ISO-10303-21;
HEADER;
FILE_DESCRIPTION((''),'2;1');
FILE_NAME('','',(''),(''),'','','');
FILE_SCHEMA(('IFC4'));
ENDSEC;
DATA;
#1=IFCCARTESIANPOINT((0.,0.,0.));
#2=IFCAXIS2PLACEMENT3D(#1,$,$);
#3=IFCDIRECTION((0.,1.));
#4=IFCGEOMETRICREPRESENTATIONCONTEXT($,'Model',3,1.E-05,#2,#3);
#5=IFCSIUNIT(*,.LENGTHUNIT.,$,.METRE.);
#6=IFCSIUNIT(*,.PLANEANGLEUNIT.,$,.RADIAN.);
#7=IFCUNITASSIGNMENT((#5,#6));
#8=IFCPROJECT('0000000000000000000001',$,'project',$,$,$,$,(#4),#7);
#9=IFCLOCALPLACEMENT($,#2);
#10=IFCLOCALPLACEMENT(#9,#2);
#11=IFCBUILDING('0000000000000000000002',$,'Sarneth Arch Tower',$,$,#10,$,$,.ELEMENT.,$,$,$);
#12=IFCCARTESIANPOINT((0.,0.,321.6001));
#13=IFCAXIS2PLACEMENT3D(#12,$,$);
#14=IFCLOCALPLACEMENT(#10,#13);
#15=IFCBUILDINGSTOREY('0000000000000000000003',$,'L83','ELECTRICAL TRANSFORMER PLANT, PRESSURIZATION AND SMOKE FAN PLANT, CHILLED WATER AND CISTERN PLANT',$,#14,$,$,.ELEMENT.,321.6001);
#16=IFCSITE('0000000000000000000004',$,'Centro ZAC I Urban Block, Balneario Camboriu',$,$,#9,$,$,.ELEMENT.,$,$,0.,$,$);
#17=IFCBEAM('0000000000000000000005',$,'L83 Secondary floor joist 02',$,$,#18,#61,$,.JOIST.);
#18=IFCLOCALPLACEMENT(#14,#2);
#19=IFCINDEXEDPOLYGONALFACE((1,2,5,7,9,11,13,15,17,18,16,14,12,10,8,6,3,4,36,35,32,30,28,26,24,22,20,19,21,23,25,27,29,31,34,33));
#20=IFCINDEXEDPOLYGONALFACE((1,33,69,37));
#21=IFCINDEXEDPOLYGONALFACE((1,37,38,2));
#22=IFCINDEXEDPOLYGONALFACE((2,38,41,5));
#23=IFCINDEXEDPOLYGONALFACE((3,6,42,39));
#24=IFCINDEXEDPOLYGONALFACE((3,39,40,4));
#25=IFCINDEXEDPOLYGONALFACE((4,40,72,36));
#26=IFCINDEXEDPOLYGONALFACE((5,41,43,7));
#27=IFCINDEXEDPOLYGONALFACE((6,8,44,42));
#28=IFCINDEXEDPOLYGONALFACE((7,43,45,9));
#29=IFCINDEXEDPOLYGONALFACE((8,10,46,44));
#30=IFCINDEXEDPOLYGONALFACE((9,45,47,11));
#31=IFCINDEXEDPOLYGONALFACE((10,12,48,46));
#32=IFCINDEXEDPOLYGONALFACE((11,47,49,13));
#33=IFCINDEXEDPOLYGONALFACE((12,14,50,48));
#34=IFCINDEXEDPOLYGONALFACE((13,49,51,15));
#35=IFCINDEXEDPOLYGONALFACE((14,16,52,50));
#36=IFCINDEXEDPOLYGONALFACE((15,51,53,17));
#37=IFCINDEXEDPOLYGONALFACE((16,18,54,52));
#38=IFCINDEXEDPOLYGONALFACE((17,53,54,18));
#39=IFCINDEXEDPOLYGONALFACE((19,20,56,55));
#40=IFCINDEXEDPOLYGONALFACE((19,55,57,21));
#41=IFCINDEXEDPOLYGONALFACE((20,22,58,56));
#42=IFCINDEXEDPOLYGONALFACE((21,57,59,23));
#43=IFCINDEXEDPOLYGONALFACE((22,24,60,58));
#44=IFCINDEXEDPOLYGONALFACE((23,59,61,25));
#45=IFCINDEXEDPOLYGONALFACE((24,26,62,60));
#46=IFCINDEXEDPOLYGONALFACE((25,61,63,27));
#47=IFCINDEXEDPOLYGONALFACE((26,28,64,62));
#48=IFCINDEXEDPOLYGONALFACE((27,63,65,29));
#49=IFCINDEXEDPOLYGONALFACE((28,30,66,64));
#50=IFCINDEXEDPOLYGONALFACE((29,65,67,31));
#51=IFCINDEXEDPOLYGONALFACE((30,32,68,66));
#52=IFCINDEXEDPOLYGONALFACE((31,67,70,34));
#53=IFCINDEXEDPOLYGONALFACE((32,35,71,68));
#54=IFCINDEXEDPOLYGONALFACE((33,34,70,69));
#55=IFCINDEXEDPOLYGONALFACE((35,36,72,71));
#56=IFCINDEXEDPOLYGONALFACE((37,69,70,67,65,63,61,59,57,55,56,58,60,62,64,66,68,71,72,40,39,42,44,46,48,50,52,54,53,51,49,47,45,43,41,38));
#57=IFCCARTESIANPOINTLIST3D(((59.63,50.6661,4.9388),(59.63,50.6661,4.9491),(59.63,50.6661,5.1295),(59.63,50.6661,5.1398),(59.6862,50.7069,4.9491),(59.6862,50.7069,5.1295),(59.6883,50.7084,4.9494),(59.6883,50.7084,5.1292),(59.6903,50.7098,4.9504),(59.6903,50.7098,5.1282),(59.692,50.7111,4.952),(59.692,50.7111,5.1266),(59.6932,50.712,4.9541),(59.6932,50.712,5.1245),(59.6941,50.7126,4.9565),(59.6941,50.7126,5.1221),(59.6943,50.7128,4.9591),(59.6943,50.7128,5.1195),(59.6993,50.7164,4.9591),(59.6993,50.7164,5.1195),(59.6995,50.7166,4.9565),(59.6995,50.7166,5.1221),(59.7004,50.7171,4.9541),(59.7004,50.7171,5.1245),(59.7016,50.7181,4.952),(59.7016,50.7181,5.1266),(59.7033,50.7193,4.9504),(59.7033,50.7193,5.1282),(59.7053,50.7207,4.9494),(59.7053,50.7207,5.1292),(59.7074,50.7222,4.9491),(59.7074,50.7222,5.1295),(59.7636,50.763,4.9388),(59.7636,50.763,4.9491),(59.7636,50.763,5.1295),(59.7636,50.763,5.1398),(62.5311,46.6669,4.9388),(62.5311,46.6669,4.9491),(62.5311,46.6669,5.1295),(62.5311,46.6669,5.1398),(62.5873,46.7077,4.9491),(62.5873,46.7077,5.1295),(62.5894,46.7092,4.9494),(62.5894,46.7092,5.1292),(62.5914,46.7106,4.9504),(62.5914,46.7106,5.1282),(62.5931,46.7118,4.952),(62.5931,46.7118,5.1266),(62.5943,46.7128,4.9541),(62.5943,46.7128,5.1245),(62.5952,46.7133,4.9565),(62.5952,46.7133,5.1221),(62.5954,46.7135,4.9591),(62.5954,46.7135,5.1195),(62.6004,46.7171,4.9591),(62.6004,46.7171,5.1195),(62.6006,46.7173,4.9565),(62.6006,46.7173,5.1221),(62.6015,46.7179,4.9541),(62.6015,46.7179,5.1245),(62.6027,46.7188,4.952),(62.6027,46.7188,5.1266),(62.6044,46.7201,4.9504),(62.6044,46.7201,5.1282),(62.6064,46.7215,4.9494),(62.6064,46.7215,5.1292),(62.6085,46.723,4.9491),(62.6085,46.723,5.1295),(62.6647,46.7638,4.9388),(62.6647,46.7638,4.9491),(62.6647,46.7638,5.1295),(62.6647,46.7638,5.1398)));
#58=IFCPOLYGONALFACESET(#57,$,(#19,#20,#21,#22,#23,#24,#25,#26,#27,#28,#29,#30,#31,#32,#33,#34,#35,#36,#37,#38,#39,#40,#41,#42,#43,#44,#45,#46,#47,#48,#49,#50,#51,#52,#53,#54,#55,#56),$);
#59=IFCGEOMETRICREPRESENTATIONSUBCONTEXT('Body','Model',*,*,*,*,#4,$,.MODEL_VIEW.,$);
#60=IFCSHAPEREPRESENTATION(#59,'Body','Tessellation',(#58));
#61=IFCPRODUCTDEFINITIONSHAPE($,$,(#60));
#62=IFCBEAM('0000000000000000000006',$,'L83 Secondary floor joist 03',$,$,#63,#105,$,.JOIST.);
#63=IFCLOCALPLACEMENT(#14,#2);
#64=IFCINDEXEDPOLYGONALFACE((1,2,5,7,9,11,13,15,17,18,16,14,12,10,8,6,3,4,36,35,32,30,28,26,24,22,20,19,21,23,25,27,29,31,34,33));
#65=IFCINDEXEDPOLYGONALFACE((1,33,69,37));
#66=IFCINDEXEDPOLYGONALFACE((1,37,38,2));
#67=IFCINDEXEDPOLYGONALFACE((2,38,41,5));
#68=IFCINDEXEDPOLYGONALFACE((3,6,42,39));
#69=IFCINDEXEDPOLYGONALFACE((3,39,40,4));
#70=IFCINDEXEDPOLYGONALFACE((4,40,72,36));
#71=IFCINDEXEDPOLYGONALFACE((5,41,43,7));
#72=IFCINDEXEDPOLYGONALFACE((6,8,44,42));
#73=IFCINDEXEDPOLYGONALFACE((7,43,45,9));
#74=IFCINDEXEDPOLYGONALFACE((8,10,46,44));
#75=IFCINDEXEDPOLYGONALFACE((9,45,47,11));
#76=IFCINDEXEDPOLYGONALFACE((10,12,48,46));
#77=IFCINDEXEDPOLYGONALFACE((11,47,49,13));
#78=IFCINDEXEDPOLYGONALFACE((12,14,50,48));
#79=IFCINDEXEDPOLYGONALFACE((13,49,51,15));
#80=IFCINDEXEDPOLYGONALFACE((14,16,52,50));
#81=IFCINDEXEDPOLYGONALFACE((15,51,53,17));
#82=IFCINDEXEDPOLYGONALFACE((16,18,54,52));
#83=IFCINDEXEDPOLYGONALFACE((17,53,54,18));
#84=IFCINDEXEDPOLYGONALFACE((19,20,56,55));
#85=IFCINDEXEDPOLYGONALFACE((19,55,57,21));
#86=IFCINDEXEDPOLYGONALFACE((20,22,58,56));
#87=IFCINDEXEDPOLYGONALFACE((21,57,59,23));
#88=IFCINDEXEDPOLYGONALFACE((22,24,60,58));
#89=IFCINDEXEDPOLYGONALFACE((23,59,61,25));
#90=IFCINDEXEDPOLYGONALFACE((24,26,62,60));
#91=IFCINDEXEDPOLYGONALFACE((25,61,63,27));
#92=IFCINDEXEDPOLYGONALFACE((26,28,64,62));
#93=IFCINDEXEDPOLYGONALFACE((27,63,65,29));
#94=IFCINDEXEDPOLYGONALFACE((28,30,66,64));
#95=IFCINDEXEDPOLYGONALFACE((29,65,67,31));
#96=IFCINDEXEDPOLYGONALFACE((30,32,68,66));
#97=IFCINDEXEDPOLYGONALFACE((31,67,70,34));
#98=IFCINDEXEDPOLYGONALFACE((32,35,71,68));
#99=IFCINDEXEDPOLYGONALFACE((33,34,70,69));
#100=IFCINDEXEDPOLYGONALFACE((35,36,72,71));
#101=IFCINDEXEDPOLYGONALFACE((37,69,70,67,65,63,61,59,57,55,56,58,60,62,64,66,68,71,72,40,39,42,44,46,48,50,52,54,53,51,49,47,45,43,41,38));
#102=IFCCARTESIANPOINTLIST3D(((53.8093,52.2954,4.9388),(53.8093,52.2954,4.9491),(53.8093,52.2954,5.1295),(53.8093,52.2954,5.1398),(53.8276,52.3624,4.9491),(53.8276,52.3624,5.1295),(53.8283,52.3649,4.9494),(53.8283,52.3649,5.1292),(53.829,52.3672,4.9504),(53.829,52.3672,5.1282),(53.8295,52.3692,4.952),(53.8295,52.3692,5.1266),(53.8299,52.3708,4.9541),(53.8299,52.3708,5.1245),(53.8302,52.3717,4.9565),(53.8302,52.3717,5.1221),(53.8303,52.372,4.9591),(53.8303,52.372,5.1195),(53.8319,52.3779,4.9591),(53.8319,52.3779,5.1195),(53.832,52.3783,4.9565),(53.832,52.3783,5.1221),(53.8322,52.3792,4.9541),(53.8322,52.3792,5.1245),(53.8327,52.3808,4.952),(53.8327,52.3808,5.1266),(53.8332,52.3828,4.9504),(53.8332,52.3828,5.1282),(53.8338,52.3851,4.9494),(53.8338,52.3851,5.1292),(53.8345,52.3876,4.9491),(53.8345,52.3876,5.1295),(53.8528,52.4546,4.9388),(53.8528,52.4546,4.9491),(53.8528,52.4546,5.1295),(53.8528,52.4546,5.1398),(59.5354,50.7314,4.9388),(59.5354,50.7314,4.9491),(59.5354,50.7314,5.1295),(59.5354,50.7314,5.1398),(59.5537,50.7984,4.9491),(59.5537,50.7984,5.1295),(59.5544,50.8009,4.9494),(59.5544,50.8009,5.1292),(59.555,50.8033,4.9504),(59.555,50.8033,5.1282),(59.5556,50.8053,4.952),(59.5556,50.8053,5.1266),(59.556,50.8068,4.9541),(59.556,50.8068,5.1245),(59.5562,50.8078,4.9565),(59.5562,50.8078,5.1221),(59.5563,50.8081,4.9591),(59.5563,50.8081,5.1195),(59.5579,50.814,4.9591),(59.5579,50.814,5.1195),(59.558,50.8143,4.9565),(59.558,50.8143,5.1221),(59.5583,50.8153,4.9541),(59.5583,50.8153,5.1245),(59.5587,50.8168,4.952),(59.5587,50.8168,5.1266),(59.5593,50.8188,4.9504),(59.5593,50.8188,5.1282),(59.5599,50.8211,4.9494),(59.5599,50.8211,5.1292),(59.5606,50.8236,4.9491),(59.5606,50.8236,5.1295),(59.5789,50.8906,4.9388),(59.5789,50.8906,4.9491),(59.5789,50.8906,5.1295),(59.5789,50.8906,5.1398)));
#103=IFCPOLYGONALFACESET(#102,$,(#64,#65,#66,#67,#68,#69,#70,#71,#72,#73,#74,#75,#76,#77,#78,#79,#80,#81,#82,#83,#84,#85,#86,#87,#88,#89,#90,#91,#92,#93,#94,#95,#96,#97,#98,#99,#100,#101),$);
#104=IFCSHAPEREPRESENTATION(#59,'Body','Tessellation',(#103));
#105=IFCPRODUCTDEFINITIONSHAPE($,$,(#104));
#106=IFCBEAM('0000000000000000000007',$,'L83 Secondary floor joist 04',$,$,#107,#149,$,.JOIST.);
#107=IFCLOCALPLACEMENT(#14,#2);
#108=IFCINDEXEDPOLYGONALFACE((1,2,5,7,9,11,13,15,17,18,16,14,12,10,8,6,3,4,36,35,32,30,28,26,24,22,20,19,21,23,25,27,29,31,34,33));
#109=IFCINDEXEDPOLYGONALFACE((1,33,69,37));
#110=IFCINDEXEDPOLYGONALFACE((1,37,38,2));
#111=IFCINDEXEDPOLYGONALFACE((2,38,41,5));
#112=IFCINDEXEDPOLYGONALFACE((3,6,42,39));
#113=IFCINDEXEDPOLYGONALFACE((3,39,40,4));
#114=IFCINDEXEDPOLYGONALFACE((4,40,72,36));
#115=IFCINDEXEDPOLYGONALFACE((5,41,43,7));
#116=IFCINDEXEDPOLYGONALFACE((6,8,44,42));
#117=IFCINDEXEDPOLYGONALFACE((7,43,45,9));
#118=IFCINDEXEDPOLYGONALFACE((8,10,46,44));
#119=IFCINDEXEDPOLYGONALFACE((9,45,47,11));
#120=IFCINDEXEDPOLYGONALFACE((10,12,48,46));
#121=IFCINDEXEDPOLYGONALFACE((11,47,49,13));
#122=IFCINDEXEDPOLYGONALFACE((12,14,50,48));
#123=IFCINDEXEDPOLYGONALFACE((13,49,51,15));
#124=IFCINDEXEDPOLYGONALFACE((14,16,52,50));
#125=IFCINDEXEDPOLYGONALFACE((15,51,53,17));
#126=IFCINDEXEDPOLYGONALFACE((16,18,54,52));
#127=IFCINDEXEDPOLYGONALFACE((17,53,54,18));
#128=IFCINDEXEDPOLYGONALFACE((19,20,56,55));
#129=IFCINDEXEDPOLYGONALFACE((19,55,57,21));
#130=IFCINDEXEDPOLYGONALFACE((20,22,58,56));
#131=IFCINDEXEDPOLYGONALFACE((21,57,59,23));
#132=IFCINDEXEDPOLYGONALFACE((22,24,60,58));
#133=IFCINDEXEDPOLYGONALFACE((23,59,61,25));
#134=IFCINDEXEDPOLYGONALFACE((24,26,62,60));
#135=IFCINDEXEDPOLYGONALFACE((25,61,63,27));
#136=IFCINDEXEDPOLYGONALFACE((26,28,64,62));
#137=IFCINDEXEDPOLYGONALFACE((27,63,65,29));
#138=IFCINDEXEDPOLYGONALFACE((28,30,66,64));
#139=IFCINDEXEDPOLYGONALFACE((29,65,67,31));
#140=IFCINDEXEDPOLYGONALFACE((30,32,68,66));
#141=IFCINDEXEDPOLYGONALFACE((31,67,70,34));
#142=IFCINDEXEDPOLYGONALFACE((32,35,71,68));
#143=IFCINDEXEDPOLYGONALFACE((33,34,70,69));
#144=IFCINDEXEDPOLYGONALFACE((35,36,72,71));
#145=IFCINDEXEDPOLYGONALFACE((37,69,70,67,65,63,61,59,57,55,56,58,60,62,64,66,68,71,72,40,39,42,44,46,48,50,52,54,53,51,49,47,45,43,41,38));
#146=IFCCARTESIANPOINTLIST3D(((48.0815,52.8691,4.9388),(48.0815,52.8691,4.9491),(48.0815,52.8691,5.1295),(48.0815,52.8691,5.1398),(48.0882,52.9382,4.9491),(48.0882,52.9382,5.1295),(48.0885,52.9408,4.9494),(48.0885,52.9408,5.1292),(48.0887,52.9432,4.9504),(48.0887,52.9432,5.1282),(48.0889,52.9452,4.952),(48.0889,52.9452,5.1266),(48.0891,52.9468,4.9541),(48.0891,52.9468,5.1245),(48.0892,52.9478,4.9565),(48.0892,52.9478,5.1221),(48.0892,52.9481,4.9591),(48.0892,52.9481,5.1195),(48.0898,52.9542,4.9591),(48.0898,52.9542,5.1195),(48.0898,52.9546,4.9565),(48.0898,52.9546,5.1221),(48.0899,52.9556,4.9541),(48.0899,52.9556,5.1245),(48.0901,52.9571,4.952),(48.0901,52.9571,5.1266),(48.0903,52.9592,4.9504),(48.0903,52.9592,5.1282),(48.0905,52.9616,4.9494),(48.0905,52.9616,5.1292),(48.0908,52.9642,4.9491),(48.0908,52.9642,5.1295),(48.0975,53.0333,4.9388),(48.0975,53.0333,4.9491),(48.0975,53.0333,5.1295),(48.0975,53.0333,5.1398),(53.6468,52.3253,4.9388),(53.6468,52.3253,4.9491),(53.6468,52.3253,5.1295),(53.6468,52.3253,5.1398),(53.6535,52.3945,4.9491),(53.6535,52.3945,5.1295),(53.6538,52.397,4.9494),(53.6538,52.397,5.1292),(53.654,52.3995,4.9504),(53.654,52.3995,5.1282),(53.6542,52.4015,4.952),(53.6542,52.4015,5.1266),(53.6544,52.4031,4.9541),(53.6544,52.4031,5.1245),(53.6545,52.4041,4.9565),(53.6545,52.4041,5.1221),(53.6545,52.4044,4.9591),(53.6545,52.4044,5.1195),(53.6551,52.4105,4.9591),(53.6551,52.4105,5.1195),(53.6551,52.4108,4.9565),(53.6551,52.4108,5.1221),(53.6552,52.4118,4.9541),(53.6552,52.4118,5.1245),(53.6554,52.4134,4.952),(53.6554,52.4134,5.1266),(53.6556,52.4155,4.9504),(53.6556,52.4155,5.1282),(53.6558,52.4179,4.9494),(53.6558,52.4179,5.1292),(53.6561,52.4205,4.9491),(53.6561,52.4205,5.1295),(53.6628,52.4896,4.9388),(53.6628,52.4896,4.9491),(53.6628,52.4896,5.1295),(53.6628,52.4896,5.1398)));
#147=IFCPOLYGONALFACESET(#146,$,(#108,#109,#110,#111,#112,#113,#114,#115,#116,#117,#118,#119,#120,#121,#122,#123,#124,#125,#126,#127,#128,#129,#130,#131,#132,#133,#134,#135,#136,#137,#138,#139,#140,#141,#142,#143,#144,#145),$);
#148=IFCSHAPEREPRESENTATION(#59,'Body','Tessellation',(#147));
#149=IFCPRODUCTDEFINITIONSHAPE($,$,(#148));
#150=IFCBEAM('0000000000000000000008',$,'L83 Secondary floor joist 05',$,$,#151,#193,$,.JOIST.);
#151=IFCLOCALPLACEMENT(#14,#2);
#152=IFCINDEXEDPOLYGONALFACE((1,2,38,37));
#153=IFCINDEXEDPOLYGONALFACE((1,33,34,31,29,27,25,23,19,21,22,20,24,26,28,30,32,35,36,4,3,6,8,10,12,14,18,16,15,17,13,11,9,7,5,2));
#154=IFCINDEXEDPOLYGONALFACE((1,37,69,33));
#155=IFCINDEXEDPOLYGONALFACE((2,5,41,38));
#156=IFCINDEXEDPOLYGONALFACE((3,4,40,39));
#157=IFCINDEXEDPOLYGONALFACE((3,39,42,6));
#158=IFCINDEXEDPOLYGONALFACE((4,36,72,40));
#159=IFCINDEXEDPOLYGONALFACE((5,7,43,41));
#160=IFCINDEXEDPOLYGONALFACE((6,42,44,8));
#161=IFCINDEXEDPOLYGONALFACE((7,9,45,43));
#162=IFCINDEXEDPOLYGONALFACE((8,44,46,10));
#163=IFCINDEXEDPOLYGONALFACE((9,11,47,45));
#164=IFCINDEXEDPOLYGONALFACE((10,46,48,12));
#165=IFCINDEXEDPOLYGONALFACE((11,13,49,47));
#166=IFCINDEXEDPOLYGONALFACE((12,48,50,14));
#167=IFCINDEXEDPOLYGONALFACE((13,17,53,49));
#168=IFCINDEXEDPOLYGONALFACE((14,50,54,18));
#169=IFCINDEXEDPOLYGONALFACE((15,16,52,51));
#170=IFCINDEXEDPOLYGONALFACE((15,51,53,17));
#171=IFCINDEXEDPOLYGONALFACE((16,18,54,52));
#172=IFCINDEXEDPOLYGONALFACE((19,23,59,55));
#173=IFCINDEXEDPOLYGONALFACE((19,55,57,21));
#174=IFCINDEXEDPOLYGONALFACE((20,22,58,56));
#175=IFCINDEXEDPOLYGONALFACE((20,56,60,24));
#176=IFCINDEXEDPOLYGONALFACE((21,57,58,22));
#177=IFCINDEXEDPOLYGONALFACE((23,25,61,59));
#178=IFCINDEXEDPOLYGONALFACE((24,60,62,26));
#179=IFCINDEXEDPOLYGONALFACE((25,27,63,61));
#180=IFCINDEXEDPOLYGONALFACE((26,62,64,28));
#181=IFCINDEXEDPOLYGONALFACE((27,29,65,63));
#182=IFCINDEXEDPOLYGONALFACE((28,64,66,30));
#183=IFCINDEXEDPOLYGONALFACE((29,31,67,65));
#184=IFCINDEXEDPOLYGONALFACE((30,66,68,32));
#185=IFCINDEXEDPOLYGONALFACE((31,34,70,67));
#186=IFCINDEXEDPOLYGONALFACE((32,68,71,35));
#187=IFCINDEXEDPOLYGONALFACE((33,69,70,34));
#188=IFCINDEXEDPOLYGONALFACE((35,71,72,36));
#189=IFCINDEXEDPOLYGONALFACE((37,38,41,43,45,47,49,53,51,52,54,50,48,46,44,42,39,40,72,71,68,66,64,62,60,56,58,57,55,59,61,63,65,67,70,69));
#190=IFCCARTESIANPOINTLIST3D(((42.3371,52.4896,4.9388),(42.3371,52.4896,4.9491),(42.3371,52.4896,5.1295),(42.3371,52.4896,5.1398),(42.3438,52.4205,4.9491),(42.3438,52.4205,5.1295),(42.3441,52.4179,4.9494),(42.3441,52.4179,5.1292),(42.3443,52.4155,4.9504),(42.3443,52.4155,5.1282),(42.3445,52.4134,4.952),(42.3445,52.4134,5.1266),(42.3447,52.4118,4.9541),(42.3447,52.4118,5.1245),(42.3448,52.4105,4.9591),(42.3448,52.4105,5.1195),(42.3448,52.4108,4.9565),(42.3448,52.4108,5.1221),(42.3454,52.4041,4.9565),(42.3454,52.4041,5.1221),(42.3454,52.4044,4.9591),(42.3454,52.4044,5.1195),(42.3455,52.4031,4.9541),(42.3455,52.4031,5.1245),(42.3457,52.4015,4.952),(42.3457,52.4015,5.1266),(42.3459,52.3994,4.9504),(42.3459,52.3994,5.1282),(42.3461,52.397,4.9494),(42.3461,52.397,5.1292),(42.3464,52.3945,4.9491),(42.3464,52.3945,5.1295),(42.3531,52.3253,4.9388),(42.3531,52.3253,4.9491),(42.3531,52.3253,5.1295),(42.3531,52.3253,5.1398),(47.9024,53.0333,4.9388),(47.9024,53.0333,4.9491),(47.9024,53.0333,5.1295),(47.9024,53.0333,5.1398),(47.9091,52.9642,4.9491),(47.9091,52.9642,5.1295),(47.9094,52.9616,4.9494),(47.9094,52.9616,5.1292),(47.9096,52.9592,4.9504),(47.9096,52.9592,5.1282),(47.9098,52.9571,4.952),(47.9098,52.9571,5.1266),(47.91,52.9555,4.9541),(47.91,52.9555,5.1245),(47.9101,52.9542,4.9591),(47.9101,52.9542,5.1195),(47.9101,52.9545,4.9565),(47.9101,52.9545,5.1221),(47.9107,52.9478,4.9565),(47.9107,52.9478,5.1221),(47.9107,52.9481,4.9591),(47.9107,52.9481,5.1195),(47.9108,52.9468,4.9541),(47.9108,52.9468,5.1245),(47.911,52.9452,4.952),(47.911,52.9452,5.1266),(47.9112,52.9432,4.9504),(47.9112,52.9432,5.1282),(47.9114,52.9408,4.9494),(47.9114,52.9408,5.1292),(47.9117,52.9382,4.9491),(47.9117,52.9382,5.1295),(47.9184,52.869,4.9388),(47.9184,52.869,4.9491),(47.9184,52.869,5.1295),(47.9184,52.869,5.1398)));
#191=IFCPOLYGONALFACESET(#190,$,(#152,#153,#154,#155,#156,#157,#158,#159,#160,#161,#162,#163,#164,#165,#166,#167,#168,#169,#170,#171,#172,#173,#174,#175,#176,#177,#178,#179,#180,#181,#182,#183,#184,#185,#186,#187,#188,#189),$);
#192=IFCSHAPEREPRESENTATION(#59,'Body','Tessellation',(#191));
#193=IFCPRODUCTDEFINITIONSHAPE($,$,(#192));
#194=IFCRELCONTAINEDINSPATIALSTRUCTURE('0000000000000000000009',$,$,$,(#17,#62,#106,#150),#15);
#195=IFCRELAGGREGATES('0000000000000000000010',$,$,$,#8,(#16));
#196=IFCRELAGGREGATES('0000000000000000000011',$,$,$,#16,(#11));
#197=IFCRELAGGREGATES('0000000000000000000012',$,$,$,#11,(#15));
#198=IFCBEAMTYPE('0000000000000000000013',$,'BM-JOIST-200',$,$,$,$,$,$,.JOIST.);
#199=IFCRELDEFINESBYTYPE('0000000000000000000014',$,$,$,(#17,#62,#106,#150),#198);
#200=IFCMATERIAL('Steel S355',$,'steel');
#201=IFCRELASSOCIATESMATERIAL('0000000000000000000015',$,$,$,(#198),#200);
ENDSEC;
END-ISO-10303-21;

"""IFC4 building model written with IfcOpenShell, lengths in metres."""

from ifc_helpers import new_model, si_unit, direction, frame, origin, origin_2d, place, context, subcontext, project, spatial, i_section, extrude, material, material_profile, profile_set, type_object, element, save


model = new_model("IFC4")

# Units and contexts
model_context = context("Model", 3, precision=1e-05, world=origin(), true_north=direction((0.0, 1.0)))
body_context = subcontext(model_context, "Body", "Model", "MODEL_VIEW")
ifc_project = project(units=[si_unit("LENGTHUNIT", "METRE"), si_unit("PLANEANGLEUNIT", "RADIAN")], contexts=[model_context])

# Site, building, storey
site_placement = place(None, origin())
site = spatial("IfcSite", under=ifc_project, at=site_placement, Name="Centro ZAC I Urban Block, Balneario Camboriu", CompositionType="ELEMENT", RefElevation=0.0)
building_placement = place(site_placement, origin())
building = spatial("IfcBuilding", under=site, at=building_placement, Name="Sarneth Arch Tower", CompositionType="ELEMENT")
storey_placement = place(building_placement, frame((0.0, 0.0, 321.6001)))
storey = spatial("IfcBuildingStorey", under=building, at=storey_placement, Name="L83", Description="ELECTRICAL TRANSFORMER PLANT, PRESSURIZATION AND SMOKE FAN PLANT, CHILLED WATER AND CISTERN PLANT", CompositionType="ELEMENT", Elevation=321.6001)

# Beams
ifc_material_1 = material(Name="Steel S355", Category="steel")
ifc_material_profile_1 = material_profile(ifc_material_1, i_section(OverallWidth=0.165, OverallDepth=0.2009, WebThickness=0.0061, FlangeThickness=0.0103, FilletRadius=0.01, at=origin_2d()), Name="W200x35.9")
ifc_profile_set_1 = profile_set([ifc_material_profile_1], Name="Steel S355")
beam_type_1 = type_object("IfcBeamType", Name="BM-JOIST-200", PredefinedType="JOIST", material=ifc_profile_set_1)
beam_1_placement = place(storey_placement, frame((62.5979, 46.7153, 5.0393), z_axis=(-0.587187, 0.809451, 0.0), x_axis=(-0.809451, -0.587187, 0.0)))
element("IfcBeam", 1, at=beam_1_placement, inside=storey, type_object=beam_type_1, Name="L83 Secondary floor joist 02", PredefinedType="JOIST", context=body_context, shape_type="SweptSolid", body=[
    extrude(i_section(OverallWidth=0.165, OverallDepth=0.2009, WebThickness=0.0061, FlangeThickness=0.0103, FilletRadius=0.01, at=origin_2d()), origin(), (0.0, 0.0, 1.0), 4.9407),
])
beam_2_placement = place(storey_placement, frame((59.5571, 50.811, 5.0393), z_axis=(-0.964665, 0.263479, 0.0), x_axis=(-0.263479, -0.964665, 0.0)))
element("IfcBeam", 2, at=beam_2_placement, inside=storey, type_object=beam_type_1, Name="L83 Secondary floor joist 03", PredefinedType="JOIST", context=body_context, shape_type="SweptSolid", body=[
    extrude(i_section(OverallWidth=0.165, OverallDepth=0.2009, WebThickness=0.0061, FlangeThickness=0.0103, FilletRadius=0.01, at=origin_2d()), origin(), (0.0, 0.0, 1.0), 5.9358),
])
for number, where, z_axis, x_axis, name in (
    (3, (53.6548, 52.4075, 5.0393), (-0.995262, 0.097234, 0.0), (-0.097234, -0.995262, 0.0), "L83 Secondary floor joist 04"),
    (4, (47.9104, 52.9512, 5.0393), (-0.995262, -0.097234, 0.0), (0.097234, -0.995262, 0.0), "L83 Secondary floor joist 05"),
):
    element("IfcBeam", number, at=place(storey_placement, frame(where, z_axis=z_axis, x_axis=x_axis)), inside=storey, type_object=beam_type_1, Name=name, PredefinedType="JOIST", context=body_context, shape_type="SweptSolid", body=[
        extrude(i_section(OverallWidth=0.165, OverallDepth=0.2009, WebThickness=0.0061, FlangeThickness=0.0103, FilletRadius=0.01, at=origin_2d()), origin(), (0.0, 0.0, 1.0), 5.5918),
    ])

save(model, "model.ifc")
